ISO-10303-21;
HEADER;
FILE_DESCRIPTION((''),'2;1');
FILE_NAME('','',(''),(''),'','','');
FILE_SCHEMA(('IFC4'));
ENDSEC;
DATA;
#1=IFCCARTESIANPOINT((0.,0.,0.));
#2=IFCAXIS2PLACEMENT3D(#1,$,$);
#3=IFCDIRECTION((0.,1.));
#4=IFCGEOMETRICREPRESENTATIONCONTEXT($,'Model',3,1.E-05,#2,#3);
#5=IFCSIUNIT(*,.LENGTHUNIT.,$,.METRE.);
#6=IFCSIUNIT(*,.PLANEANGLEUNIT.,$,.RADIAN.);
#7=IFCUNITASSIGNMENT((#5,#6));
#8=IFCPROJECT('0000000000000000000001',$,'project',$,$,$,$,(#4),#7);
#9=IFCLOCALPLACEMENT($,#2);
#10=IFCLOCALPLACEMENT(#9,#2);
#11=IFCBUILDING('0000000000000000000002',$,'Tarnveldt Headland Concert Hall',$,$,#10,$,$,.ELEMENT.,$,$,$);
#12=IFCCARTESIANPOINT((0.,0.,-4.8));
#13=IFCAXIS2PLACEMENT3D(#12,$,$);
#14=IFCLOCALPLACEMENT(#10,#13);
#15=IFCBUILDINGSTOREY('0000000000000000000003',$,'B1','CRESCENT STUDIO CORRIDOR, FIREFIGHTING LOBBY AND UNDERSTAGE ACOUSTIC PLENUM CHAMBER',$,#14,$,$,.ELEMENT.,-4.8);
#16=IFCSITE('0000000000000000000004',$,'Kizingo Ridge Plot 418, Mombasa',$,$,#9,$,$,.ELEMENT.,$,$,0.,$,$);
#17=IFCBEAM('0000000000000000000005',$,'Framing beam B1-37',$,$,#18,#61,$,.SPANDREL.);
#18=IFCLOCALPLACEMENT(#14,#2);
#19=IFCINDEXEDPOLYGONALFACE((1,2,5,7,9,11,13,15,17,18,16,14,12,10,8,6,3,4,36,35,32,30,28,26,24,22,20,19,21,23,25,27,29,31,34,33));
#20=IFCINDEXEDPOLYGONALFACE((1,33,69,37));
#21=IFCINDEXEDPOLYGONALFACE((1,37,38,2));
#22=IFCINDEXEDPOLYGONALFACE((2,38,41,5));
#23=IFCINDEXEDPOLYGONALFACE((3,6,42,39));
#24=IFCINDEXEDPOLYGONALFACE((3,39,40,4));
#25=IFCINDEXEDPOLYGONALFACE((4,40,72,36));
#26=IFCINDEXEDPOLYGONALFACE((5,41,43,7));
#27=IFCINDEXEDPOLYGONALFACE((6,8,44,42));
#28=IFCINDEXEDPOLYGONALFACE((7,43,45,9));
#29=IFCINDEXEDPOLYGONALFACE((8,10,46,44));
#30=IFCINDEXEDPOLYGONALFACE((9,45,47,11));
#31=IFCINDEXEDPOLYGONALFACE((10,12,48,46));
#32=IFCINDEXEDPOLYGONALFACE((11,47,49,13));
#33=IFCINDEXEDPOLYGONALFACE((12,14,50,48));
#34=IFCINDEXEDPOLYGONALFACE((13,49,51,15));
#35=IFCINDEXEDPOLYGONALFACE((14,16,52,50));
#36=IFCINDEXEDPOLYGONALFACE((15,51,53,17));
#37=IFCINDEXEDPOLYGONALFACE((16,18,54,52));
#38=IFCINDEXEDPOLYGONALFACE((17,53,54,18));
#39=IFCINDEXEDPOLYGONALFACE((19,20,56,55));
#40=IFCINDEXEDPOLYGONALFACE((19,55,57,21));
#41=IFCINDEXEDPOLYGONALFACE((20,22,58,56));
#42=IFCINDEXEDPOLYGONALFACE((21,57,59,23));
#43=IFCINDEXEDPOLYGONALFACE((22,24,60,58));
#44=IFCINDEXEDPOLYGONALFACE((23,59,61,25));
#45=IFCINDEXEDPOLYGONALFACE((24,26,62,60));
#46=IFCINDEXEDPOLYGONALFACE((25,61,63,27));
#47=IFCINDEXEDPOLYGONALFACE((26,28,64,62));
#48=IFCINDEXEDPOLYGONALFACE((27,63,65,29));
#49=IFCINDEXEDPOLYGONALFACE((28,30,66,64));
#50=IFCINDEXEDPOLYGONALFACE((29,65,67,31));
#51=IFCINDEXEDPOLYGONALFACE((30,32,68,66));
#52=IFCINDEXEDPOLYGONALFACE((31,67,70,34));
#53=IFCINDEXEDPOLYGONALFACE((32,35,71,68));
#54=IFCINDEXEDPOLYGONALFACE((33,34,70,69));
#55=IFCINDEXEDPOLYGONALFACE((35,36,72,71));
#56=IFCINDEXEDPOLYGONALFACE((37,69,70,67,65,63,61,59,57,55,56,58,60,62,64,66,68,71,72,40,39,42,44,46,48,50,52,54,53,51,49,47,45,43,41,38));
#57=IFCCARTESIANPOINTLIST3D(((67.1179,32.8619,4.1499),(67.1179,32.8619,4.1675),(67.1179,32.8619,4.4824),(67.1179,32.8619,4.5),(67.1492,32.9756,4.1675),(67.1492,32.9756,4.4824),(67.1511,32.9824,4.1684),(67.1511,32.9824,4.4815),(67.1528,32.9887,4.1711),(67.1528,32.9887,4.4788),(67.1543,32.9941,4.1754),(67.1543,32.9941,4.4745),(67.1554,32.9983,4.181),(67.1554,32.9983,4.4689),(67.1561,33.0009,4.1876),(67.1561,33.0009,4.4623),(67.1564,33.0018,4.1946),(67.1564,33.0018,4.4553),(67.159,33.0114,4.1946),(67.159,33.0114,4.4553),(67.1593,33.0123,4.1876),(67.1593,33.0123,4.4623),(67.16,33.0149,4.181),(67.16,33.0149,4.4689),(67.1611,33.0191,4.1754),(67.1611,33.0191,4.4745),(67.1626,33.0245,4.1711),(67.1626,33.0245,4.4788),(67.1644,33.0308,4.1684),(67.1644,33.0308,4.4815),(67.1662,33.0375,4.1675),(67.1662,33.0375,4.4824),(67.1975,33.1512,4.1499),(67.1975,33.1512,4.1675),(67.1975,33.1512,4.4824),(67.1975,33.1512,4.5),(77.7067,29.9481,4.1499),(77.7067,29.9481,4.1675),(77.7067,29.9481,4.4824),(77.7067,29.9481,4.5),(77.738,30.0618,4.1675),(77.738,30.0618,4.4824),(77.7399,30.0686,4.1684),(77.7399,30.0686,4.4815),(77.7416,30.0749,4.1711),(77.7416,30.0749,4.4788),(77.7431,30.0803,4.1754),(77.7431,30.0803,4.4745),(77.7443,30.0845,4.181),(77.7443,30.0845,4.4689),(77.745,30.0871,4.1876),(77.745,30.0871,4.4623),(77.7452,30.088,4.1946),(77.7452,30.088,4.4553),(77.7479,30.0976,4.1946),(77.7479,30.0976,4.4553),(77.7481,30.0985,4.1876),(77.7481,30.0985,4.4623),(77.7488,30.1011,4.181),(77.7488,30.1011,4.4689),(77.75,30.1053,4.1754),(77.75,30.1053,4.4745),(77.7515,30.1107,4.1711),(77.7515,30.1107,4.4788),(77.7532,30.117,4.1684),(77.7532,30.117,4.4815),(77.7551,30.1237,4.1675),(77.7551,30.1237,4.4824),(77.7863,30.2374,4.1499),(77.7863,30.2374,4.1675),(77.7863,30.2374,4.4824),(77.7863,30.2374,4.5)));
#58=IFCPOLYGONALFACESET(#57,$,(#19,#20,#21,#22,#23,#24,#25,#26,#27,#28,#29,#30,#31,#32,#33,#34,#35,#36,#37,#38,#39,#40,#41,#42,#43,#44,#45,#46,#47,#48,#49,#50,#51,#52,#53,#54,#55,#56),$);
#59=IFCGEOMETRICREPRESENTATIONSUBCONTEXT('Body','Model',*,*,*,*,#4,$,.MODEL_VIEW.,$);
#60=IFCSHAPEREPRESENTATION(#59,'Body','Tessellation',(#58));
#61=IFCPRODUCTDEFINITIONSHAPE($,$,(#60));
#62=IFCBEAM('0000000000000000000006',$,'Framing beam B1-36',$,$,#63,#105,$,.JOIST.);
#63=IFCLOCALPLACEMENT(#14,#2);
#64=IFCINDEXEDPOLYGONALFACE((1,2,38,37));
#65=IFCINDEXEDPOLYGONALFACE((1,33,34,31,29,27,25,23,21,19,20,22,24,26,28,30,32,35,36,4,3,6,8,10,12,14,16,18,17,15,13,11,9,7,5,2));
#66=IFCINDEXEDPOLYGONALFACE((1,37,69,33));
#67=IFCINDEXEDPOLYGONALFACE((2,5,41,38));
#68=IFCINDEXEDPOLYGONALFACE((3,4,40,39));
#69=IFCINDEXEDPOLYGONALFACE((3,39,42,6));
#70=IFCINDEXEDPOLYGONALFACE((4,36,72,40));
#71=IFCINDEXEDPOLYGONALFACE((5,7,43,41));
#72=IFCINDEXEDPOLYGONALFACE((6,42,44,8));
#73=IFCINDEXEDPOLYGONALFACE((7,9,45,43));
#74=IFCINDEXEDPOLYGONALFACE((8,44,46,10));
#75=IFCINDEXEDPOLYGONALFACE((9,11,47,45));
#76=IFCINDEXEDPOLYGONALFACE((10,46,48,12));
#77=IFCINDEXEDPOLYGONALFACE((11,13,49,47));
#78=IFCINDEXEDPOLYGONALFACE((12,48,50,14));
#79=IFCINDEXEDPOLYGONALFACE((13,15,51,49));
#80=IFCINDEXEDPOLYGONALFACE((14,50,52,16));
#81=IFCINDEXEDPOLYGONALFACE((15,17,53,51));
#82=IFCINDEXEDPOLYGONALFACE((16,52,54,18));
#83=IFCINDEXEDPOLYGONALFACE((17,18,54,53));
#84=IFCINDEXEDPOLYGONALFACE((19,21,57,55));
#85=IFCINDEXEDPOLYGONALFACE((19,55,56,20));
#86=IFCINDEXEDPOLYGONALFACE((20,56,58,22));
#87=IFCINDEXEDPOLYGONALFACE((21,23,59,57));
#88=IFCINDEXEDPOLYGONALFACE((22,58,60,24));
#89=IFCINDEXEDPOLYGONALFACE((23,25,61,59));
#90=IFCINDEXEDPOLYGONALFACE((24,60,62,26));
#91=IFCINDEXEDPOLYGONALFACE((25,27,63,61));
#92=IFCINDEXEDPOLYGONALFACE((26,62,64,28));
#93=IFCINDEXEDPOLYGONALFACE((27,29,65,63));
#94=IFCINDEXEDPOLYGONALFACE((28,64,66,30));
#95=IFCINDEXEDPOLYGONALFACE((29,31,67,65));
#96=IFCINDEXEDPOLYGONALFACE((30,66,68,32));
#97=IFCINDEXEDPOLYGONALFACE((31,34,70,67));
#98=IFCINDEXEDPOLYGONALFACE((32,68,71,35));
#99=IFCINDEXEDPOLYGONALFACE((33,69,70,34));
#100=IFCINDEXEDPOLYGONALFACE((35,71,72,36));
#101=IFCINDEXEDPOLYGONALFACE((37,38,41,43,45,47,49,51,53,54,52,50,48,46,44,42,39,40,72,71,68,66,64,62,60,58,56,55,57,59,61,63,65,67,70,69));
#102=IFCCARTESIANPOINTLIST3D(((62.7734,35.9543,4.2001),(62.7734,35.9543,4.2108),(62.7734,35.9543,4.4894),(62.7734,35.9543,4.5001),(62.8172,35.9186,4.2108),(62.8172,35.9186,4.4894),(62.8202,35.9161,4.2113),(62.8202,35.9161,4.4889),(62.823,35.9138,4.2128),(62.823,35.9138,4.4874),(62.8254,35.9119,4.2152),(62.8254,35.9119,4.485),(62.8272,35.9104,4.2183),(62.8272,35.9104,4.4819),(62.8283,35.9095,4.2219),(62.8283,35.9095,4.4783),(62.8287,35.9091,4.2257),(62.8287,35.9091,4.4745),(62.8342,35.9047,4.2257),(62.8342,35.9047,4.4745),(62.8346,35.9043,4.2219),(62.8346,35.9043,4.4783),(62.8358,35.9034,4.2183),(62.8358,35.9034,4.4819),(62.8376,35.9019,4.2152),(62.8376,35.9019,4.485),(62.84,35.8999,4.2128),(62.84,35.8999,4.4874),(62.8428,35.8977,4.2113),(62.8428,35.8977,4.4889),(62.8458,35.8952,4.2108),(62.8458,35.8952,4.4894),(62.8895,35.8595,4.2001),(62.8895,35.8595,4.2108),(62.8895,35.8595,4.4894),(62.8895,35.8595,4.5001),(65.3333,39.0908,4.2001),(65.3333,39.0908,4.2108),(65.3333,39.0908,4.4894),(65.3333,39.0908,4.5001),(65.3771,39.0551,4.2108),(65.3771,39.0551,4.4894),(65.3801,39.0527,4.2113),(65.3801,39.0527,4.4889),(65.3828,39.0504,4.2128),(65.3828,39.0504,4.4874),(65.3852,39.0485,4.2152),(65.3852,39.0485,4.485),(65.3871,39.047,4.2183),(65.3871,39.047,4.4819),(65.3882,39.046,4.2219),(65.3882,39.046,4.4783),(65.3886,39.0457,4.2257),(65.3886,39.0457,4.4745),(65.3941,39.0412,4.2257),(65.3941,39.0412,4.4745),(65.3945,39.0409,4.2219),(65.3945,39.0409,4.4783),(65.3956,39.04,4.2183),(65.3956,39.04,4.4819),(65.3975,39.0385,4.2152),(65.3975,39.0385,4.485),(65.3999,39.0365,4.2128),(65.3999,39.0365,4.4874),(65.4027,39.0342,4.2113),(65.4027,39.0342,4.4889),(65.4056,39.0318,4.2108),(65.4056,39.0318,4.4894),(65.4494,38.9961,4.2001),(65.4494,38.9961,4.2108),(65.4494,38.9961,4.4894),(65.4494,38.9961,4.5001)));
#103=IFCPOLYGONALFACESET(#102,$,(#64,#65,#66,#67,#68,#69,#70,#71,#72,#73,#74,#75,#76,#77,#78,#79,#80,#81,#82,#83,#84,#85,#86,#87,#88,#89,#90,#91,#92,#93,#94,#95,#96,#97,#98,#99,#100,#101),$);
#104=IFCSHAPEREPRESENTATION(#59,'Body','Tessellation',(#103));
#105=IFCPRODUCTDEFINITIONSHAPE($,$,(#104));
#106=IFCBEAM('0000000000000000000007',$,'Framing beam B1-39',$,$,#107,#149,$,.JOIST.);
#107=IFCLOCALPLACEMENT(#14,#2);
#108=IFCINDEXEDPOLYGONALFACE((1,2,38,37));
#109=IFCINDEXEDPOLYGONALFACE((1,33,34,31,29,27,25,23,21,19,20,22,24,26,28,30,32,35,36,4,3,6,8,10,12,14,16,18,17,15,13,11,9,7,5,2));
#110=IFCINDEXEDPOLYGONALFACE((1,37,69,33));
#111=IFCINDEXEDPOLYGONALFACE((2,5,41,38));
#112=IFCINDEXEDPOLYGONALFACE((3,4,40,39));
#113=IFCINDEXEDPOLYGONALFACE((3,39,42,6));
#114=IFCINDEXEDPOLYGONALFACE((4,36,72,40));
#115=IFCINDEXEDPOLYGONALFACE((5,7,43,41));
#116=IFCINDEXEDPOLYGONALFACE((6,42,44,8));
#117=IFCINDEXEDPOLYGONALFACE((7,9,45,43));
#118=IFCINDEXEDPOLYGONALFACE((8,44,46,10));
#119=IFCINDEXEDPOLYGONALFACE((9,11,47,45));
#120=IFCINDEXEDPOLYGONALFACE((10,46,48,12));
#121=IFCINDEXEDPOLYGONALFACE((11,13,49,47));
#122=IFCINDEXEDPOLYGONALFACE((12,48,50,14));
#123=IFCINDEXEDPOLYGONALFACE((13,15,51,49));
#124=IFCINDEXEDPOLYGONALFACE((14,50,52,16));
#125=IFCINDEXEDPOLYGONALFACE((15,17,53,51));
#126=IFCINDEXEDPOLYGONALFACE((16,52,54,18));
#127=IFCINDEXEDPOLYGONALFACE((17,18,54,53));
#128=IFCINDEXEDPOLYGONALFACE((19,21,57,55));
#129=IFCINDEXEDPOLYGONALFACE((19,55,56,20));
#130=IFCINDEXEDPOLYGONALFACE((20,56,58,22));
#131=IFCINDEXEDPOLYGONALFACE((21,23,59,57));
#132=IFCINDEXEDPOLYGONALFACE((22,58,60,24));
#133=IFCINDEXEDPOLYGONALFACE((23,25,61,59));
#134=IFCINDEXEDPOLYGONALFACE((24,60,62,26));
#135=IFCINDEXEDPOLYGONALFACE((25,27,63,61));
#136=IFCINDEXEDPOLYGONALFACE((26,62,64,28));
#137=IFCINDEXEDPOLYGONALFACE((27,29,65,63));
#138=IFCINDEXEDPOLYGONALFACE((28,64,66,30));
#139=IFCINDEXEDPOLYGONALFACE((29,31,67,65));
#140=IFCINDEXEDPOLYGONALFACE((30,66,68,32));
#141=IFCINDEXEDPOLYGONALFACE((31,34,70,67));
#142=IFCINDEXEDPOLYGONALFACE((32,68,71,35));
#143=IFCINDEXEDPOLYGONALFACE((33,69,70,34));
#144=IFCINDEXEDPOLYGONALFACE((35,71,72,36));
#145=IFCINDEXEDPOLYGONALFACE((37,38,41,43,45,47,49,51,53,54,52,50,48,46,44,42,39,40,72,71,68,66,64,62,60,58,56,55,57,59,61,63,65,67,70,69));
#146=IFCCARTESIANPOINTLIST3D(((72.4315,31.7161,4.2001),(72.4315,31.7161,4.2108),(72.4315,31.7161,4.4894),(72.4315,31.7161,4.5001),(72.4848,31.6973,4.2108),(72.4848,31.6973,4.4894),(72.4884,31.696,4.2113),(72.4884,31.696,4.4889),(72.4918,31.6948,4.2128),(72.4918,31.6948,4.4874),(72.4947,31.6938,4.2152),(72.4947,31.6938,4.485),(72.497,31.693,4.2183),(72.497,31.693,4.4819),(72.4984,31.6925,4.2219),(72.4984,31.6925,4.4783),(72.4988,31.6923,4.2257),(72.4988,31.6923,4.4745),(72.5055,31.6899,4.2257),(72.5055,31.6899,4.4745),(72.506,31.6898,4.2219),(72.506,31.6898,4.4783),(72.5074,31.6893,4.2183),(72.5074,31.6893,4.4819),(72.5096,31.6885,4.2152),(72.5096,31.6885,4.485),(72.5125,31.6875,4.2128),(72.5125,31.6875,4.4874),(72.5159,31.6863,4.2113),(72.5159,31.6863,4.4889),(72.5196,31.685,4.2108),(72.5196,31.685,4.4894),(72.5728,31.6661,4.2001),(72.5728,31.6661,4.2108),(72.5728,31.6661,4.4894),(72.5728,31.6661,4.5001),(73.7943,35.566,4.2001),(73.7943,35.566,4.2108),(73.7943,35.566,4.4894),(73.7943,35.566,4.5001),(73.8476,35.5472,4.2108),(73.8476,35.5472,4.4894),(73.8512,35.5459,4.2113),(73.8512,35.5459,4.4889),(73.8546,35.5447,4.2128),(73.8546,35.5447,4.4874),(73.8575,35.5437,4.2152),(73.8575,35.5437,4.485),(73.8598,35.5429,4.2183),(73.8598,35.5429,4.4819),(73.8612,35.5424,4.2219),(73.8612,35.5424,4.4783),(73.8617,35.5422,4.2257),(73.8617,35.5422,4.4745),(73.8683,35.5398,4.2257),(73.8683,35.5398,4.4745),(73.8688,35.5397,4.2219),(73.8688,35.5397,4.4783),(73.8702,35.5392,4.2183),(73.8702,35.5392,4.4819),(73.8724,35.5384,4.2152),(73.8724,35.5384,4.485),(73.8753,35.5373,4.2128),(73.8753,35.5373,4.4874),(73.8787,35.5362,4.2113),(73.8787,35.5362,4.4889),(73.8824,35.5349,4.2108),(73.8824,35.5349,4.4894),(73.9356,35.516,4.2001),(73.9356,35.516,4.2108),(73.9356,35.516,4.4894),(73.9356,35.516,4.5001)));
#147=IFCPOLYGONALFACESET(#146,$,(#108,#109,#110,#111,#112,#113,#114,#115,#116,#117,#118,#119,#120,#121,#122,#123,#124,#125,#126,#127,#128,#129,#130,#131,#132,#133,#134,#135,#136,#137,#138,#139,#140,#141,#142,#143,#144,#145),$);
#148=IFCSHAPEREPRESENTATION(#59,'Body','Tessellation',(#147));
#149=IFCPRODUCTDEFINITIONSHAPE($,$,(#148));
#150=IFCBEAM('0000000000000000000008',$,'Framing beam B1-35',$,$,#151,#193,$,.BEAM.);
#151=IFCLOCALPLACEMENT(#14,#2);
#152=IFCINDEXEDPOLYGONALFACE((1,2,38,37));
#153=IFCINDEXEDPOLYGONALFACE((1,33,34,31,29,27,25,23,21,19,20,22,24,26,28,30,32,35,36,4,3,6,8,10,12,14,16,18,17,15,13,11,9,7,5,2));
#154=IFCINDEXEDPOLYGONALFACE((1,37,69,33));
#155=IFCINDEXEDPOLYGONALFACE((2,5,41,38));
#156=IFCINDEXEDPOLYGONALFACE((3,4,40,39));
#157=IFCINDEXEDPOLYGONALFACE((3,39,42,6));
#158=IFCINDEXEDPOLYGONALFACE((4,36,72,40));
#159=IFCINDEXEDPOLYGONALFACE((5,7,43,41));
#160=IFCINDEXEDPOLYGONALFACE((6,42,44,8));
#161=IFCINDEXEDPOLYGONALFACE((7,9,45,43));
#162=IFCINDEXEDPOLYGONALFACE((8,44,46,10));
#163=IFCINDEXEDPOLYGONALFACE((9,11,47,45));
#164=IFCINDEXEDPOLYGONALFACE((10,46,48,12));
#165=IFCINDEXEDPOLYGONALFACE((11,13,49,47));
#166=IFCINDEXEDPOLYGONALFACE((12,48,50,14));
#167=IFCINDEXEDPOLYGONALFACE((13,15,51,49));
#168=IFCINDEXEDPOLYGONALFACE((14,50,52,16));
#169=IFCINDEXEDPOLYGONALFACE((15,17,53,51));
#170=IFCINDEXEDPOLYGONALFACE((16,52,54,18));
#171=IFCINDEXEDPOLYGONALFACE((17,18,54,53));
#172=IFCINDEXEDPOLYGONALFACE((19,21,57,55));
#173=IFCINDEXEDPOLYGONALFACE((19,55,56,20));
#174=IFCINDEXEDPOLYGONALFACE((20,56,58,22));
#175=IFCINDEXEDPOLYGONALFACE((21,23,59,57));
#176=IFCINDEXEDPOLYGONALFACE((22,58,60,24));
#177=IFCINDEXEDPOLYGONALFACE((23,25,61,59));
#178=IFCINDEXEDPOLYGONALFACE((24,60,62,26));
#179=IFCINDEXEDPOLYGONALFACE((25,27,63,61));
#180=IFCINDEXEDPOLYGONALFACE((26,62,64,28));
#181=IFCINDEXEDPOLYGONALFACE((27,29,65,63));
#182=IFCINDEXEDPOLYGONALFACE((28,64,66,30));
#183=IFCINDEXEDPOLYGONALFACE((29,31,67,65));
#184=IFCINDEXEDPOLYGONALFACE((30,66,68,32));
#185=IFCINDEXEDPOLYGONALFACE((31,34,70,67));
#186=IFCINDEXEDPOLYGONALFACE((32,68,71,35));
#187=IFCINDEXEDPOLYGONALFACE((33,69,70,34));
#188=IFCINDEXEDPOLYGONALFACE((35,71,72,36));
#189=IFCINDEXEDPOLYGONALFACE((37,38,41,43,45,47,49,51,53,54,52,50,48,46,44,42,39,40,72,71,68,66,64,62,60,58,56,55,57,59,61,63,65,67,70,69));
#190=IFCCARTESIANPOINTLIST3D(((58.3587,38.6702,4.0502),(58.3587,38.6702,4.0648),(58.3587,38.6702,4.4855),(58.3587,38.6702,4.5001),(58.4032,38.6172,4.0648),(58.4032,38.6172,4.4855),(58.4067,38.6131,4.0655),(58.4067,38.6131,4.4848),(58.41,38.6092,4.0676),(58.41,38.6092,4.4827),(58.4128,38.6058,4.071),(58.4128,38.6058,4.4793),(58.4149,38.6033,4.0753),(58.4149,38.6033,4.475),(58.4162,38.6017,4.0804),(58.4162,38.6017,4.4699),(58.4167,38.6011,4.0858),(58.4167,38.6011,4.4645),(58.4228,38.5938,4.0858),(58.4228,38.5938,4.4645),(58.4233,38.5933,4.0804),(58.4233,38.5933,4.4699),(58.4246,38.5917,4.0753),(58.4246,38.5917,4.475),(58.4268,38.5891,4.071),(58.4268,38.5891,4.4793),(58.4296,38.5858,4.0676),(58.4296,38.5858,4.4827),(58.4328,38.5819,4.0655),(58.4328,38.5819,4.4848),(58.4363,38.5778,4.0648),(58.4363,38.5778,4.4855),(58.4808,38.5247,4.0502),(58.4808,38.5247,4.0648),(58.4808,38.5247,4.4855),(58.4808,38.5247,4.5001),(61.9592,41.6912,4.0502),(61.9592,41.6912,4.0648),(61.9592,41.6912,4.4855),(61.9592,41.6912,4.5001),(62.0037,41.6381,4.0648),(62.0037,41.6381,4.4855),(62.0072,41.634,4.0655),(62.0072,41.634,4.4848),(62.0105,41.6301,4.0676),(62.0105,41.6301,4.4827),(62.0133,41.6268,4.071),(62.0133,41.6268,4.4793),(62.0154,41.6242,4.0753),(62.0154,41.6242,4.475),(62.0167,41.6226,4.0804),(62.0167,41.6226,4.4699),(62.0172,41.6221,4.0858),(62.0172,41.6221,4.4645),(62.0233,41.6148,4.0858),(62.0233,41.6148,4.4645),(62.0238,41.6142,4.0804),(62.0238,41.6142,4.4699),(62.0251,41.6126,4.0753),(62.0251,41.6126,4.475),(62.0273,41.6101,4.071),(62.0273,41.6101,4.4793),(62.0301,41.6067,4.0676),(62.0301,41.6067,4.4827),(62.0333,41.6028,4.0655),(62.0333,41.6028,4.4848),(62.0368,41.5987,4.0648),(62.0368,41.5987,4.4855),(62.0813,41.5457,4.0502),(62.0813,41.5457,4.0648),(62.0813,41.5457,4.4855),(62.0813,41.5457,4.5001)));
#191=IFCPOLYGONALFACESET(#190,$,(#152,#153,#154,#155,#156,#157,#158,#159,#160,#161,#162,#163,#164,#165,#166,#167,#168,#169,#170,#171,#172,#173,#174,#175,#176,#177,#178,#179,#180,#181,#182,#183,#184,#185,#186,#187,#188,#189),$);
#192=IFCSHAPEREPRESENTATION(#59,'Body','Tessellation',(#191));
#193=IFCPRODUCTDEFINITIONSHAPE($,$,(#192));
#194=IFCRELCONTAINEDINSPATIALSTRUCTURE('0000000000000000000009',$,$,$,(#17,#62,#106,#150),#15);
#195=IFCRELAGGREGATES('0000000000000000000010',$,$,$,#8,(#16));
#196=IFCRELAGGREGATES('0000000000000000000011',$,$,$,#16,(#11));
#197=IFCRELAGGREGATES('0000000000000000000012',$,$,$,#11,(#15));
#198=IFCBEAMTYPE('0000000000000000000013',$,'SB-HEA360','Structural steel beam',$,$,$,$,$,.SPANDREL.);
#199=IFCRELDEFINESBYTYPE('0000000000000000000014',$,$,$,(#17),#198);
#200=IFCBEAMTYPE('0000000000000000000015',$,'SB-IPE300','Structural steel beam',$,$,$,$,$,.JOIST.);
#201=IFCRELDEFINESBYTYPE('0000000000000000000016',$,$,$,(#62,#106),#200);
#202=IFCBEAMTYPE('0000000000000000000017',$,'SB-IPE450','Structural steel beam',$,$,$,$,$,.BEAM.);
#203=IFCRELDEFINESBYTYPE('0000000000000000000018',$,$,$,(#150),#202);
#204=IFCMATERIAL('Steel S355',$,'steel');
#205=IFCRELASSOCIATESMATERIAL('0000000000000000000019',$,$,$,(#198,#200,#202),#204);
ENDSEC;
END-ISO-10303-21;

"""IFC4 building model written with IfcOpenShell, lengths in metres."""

from ifc_helpers import new_model, si_unit, direction, frame, origin, origin_2d, place, context, subcontext, project, spatial, i_section, extrude, material, material_profile, profile_set, type_object, element, save


model = new_model("IFC4")

# Units and contexts
model_context = context("Model", 3, precision=1e-05, world=origin(), true_north=direction((0.0, 1.0)))
body_context = subcontext(model_context, "Body", "Model", "MODEL_VIEW")
ifc_project = project(units=[si_unit("LENGTHUNIT", "METRE"), si_unit("PLANEANGLEUNIT", "RADIAN")], contexts=[model_context])

# Site, building, storey
site_placement = place(None, origin())
site = spatial("IfcSite", under=ifc_project, at=site_placement, Name="Kizingo Ridge Plot 418, Mombasa", CompositionType="ELEMENT", RefElevation=0.0)
building_placement = place(site_placement, origin())
building = spatial("IfcBuilding", under=site, at=building_placement, Name="Tarnveldt Headland Concert Hall", CompositionType="ELEMENT")
storey_placement = place(building_placement, frame((0.0, 0.0, -4.8)))
storey = spatial("IfcBuildingStorey", under=building, at=storey_placement, Name="B1", Description="CRESCENT STUDIO CORRIDOR, FIREFIGHTING LOBBY AND UNDERSTAGE ACOUSTIC PLENUM CHAMBER", CompositionType="ELEMENT", Elevation=-4.8)

# Beams
ifc_material_1 = material(Name="Steel S355", Category="steel")
ifc_material_profile_1 = material_profile(ifc_material_1, i_section(OverallWidth=0.3, OverallDepth=0.3501, WebThickness=0.01, FlangeThickness=0.0176, FilletRadius=0.0271, at=origin_2d()), Name="HEA360", Category="steel")
ifc_profile_set_1 = profile_set([ifc_material_profile_1], Name="Steel S355")
beam_type_1 = type_object("IfcBeamType", Name="SB-HEA360", Description="Structural steel beam", PredefinedType="SPANDREL", material=ifc_profile_set_1)
beam_1_placement = place(storey_placement, frame((67.1577, 33.0066, 4.325), z_axis=(0.964162, -0.265316, 0.0), x_axis=(0.265316, 0.964162, 0.0)))
element("IfcBeam", 1, at=beam_1_placement, inside=storey, type_object=beam_type_1, Name="Framing beam B1-37", PredefinedType="SPANDREL", context=body_context, shape_type="SweptSolid", body=[
    extrude(i_section(OverallWidth=0.3, OverallDepth=0.3501, WebThickness=0.01, FlangeThickness=0.0176, FilletRadius=0.0271, at=origin_2d()), origin(), (0.0, 0.0, 1.0), 10.9824),
])
ifc_material_profile_2 = material_profile(ifc_material_1, i_section(OverallWidth=0.1499, OverallDepth=0.3, WebThickness=0.0071, FlangeThickness=0.0107, FilletRadius=0.0149, at=origin_2d()), Name="IPE300", Category="steel")
ifc_profile_set_2 = profile_set([ifc_material_profile_2], Name="Steel S355")
beam_type_2 = type_object("IfcBeamType", Name="SB-IPE300", Description="Structural steel beam", PredefinedType="JOIST", material=ifc_profile_set_2)
beam_2_placement = place(storey_placement, frame((65.3914, 39.0435, 4.3501), z_axis=(-0.632292, -0.774731, 0.0), x_axis=(0.774731, -0.632292, 0.0)))
element("IfcBeam", 2, at=beam_2_placement, inside=storey, type_object=beam_type_2, Name="Framing beam B1-36", PredefinedType="JOIST", context=body_context, shape_type="SweptSolid", body=[
    extrude(i_section(OverallWidth=0.1499, OverallDepth=0.3, WebThickness=0.0071, FlangeThickness=0.0107, FilletRadius=0.0149, at=origin_2d()), origin(), (0.0, 0.0, 1.0), 4.0486),
])
beam_3_placement = place(storey_placement, frame((73.865, 35.541, 4.3501), z_axis=(-0.333696, -0.942681, 0.0), x_axis=(0.942681, -0.333696, 0.0)))
element("IfcBeam", 3, at=beam_3_placement, inside=storey, type_object=beam_type_2, Name="Framing beam B1-39", PredefinedType="JOIST", context=body_context, shape_type="SweptSolid", body=[
    extrude(i_section(OverallWidth=0.1499, OverallDepth=0.3, WebThickness=0.0071, FlangeThickness=0.0107, FilletRadius=0.0149, at=origin_2d()), origin(), (0.0, 0.0, 1.0), 4.084),
])
ifc_material_profile_3 = material_profile(ifc_material_1, i_section(OverallWidth=0.1899, OverallDepth=0.45, WebThickness=0.0095, FlangeThickness=0.0146, FilletRadius=0.021, at=origin_2d()), Name="IPE450", Category="steel")
ifc_profile_set_3 = profile_set([ifc_material_profile_3], Name="Steel S355")
beam_type_3 = type_object("IfcBeamType", Name="SB-IPE450", Description="Structural steel beam", PredefinedType="BEAM", material=ifc_profile_set_3)
for number, where, z_axis, x_axis, name in (
    (4, (62.0203, 41.6184, 4.2751), (-0.766071, -0.642756, 0.0), (0.642756, -0.766071, 0.0), "Framing beam B1-35"),
):
    element("IfcBeam", number, at=place(storey_placement, frame(where, z_axis=z_axis, x_axis=x_axis)), inside=storey, type_object=beam_type_3, Name=name, PredefinedType="BEAM", context=body_context, shape_type="SweptSolid", body=[
        extrude(i_section(OverallWidth=0.1899, OverallDepth=0.45, WebThickness=0.0095, FlangeThickness=0.0146, FilletRadius=0.021, at=origin_2d()), origin(), (0.0, 0.0, 1.0), 4.7),
    ])

save(model, "model.ifc")
